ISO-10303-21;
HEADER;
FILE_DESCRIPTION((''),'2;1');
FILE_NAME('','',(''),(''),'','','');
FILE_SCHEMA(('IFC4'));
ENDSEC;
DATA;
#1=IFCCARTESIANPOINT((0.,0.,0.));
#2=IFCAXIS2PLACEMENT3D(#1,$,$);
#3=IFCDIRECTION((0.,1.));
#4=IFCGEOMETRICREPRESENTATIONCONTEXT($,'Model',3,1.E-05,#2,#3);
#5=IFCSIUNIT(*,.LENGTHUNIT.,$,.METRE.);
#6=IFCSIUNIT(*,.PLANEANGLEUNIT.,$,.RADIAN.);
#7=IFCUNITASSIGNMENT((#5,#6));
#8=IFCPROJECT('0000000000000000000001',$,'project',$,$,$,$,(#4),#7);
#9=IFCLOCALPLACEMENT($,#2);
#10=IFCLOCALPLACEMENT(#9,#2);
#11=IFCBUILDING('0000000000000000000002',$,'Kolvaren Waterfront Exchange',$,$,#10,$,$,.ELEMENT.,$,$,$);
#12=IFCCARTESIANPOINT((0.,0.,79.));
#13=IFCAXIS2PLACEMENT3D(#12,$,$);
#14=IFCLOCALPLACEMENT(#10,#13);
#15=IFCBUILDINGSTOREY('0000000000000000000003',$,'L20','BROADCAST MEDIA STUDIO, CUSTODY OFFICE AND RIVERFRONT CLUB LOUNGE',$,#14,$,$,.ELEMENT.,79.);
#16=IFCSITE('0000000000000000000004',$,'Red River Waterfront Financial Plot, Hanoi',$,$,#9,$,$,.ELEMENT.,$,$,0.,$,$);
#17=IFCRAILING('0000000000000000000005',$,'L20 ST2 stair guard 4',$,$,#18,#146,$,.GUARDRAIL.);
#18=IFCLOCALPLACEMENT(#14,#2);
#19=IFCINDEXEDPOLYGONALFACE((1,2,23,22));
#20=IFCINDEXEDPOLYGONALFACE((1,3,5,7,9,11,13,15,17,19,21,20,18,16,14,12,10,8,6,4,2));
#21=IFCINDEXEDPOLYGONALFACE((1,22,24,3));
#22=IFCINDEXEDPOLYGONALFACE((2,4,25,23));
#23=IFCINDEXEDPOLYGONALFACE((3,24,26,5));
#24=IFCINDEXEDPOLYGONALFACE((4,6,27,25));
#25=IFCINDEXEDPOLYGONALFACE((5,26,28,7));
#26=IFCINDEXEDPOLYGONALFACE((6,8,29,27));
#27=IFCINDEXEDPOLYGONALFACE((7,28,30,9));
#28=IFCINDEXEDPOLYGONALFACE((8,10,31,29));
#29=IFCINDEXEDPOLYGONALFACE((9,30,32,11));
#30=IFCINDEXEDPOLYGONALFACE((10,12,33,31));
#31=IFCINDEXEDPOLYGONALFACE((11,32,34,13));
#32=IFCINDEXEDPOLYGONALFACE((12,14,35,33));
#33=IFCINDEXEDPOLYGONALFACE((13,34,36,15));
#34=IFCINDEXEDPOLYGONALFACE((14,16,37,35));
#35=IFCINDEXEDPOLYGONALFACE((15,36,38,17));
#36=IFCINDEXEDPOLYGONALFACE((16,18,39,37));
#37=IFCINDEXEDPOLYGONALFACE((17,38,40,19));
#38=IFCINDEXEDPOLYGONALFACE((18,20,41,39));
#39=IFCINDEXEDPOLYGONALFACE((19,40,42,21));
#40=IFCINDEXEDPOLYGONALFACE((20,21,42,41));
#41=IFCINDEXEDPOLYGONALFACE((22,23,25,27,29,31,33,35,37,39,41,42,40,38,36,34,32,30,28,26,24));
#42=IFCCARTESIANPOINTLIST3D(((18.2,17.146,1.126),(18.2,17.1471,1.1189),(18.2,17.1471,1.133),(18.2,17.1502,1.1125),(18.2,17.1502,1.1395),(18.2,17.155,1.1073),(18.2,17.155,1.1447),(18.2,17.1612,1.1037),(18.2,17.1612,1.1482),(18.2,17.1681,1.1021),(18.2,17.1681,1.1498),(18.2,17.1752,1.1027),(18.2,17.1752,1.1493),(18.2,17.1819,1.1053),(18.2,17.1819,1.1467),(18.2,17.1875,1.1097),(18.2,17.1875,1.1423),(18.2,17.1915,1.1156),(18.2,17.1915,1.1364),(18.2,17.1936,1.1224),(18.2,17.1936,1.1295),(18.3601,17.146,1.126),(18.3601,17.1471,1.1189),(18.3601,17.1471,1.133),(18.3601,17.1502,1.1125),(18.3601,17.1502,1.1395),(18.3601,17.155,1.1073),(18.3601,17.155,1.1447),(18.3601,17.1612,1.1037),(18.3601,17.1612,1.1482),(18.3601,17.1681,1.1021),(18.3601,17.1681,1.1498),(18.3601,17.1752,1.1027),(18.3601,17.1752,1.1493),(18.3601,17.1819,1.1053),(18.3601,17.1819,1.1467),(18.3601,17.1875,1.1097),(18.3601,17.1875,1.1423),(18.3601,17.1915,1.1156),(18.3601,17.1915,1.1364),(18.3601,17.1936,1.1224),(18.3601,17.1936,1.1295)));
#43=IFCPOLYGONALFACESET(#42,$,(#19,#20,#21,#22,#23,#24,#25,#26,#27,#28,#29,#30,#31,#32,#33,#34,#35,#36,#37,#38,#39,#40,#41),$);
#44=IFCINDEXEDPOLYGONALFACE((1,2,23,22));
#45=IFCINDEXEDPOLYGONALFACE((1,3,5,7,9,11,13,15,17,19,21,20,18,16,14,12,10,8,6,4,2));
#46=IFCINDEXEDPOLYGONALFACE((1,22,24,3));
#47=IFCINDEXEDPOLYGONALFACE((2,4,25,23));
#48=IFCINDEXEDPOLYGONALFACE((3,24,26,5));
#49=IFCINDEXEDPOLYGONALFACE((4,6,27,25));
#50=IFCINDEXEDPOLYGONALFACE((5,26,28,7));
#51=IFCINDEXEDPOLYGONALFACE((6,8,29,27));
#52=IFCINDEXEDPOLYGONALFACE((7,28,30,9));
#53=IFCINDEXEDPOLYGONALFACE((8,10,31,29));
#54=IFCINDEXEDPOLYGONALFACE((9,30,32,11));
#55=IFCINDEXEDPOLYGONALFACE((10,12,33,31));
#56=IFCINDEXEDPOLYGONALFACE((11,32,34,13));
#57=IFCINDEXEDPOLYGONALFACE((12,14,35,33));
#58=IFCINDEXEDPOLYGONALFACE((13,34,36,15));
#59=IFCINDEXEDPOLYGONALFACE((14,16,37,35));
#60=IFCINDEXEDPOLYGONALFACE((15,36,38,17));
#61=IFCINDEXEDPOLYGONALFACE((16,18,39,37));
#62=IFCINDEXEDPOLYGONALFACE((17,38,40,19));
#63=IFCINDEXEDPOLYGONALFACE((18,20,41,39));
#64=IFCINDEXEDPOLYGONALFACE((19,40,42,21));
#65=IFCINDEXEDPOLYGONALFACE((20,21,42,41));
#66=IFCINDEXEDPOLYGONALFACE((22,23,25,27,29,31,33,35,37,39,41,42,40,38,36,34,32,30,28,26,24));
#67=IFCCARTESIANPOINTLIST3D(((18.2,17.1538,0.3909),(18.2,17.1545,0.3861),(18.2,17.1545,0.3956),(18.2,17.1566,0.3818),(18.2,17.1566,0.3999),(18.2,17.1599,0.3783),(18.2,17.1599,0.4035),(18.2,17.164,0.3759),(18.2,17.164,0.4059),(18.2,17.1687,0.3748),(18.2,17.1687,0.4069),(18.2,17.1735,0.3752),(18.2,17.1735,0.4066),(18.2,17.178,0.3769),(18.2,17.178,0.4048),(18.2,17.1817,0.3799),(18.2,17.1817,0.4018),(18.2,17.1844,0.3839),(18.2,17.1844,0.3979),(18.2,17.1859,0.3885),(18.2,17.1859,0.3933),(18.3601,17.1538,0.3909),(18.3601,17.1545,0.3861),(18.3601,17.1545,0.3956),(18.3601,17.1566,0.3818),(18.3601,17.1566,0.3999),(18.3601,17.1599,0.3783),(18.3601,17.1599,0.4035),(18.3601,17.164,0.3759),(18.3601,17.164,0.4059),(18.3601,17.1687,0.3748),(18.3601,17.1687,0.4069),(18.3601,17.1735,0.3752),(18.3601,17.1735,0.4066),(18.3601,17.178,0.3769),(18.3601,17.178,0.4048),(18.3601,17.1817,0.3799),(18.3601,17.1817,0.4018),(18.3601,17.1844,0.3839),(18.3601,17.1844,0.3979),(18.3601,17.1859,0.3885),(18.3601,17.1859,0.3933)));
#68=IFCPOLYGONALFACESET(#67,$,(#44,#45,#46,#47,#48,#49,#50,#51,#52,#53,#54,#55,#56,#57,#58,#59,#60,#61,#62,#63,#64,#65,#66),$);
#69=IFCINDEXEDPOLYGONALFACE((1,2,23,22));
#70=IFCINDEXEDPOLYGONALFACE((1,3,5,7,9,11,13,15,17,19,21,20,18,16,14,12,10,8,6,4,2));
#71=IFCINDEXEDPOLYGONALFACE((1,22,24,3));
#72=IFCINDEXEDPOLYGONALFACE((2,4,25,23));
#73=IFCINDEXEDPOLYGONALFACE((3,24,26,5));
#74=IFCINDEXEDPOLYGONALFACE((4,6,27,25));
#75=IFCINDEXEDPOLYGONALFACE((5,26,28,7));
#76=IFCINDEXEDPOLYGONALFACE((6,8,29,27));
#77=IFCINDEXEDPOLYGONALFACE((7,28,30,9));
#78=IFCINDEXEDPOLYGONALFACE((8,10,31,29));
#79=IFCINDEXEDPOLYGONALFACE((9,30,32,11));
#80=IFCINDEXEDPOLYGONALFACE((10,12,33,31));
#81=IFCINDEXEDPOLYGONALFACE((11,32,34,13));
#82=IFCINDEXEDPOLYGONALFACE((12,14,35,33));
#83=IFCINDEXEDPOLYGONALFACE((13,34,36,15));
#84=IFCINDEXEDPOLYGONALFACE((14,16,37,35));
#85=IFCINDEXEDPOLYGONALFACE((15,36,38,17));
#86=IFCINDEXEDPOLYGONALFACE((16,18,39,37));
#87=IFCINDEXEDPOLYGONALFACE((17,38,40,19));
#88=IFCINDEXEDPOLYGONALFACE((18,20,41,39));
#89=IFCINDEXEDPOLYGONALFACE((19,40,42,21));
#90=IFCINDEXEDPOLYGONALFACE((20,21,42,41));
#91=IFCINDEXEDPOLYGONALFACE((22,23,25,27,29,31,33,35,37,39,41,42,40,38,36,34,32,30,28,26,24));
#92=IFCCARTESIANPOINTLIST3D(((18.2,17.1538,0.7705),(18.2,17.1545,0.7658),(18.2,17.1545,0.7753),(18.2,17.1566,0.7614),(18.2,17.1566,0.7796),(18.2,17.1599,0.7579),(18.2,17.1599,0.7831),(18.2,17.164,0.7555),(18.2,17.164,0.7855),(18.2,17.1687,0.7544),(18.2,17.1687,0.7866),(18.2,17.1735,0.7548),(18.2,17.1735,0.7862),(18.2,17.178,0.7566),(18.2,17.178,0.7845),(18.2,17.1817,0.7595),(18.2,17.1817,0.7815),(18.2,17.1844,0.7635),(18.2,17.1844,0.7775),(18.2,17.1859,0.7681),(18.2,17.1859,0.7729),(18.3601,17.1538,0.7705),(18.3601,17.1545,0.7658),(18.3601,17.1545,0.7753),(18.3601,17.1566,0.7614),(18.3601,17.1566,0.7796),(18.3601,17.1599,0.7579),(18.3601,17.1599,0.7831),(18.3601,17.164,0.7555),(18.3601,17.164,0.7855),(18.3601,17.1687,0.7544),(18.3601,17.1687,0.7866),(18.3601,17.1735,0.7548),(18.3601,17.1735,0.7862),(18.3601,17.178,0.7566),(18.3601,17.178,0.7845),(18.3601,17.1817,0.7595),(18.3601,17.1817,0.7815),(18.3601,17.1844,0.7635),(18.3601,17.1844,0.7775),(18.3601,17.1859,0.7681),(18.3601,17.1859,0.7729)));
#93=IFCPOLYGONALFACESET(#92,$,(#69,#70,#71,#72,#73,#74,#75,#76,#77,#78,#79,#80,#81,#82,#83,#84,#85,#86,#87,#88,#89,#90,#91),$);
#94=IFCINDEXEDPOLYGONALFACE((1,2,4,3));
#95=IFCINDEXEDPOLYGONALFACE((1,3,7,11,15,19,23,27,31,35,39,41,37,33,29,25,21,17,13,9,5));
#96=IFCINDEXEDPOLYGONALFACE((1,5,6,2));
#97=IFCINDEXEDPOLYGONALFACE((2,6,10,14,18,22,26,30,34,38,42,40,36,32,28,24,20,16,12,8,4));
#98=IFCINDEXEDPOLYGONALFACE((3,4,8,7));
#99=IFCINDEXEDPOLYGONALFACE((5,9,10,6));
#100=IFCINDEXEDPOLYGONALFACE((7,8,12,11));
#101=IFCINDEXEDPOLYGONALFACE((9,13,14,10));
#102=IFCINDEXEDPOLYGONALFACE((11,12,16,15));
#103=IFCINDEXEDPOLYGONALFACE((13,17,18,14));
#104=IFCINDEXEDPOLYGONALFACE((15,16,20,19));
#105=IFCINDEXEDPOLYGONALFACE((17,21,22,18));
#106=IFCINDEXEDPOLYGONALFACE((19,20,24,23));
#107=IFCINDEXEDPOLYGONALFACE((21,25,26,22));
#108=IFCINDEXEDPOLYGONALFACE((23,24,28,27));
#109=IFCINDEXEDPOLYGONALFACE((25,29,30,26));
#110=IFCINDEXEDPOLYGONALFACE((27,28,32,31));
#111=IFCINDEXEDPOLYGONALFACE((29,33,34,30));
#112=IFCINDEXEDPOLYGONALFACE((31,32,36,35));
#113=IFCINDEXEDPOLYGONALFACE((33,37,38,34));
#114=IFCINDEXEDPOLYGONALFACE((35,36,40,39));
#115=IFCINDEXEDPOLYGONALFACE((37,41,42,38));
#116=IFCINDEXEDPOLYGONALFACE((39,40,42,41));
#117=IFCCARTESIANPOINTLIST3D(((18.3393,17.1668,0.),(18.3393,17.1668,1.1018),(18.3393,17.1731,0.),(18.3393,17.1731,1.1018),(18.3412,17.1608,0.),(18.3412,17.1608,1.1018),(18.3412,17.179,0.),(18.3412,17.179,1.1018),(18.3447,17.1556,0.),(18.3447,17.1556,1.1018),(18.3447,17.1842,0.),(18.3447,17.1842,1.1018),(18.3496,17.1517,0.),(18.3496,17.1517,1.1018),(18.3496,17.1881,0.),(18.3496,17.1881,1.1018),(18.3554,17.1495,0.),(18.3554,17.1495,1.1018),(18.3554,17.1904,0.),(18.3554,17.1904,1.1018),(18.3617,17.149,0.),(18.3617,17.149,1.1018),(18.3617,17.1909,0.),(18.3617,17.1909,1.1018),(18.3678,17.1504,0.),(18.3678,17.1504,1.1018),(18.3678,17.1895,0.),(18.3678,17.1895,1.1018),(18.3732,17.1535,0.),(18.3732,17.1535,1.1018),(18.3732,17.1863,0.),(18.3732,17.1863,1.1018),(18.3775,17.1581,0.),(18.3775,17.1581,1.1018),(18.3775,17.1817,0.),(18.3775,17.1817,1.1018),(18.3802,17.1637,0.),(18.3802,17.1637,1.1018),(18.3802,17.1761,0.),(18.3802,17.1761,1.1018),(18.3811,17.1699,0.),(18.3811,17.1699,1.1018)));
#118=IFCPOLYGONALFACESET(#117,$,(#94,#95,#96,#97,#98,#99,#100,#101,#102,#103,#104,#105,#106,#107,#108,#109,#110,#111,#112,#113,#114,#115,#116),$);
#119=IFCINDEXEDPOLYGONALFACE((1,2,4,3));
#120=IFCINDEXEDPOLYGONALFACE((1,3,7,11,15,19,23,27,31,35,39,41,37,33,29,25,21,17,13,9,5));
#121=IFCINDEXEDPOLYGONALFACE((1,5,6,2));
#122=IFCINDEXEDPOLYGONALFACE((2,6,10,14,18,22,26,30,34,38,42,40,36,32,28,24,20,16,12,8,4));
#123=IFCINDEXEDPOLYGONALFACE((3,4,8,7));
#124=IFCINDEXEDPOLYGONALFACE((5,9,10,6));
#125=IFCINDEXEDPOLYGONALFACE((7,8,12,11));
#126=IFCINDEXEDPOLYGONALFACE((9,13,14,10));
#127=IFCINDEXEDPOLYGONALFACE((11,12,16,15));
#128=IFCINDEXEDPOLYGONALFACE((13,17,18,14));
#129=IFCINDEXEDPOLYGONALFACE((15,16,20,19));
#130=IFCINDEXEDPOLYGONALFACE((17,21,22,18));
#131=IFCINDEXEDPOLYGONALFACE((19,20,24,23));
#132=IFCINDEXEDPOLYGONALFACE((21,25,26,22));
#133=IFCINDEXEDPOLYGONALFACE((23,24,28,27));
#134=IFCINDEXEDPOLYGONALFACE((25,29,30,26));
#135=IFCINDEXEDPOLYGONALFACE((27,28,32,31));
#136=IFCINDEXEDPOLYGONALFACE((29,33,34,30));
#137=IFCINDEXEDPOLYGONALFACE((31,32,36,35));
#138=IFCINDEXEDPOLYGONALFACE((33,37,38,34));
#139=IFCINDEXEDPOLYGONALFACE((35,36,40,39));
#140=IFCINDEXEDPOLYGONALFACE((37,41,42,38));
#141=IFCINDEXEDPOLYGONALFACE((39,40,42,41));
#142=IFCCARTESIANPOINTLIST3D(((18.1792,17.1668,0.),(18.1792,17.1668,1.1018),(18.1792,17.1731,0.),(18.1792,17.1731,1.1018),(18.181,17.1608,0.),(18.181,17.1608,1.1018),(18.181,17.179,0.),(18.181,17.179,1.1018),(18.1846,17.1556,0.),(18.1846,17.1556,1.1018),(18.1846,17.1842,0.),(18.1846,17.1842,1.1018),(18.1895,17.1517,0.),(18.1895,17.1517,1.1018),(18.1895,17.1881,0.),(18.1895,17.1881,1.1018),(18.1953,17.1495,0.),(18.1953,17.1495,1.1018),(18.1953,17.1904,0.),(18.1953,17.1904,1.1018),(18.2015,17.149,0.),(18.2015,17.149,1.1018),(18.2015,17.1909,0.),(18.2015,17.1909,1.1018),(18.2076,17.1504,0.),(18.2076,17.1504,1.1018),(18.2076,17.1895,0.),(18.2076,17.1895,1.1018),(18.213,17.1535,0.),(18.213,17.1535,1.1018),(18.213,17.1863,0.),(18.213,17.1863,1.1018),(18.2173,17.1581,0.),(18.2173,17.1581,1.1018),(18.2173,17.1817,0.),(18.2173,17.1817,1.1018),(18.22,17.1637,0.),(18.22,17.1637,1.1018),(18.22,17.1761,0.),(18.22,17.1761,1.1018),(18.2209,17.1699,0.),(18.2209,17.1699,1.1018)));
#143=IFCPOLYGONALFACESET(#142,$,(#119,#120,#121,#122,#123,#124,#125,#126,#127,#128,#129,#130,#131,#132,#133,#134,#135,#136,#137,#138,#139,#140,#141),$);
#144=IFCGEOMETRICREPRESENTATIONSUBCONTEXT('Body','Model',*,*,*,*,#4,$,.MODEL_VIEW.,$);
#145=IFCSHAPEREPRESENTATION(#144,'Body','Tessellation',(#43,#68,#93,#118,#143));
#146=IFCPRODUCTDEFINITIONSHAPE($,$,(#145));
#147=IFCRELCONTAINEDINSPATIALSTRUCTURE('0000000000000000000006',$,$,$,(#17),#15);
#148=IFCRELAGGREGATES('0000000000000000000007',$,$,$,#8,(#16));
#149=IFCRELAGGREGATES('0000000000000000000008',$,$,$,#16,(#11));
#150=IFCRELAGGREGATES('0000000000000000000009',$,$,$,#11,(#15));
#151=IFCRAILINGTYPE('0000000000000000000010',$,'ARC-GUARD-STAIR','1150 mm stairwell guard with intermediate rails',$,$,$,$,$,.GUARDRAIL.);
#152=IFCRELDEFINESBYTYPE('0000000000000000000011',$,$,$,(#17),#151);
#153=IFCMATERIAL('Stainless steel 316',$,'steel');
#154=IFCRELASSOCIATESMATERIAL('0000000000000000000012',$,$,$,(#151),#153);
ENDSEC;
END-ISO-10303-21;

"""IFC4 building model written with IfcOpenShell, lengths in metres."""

from ifc_helpers import new_model, si_unit, direction, frame, origin, origin_2d, place, context, subcontext, project, spatial, circle, extrude, material, type_object, element, save


model = new_model("IFC4")

# Units and contexts
model_context = context("Model", 3, precision=1e-05, world=origin(), true_north=direction((0.0, 1.0)))
body_context = subcontext(model_context, "Body", "Model", "MODEL_VIEW")
ifc_project = project(units=[si_unit("LENGTHUNIT", "METRE"), si_unit("PLANEANGLEUNIT", "RADIAN")], contexts=[model_context])

# Site, building, storey
site_placement = place(None, origin())
site = spatial("IfcSite", under=ifc_project, at=site_placement, Name="Red River Waterfront Financial Plot, Hanoi", CompositionType="ELEMENT", RefElevation=0.0)
building_placement = place(site_placement, origin())
building = spatial("IfcBuilding", under=site, at=building_placement, Name="Kolvaren Waterfront Exchange", CompositionType="ELEMENT")
storey_placement = place(building_placement, frame((0.0, 0.0, 79.0)))
storey = spatial("IfcBuildingStorey", under=building, at=storey_placement, Name="L20", Description="BROADCAST MEDIA STUDIO, CUSTODY OFFICE AND RIVERFRONT CLUB LOUNGE", CompositionType="ELEMENT", Elevation=79.0)

# Railing
ifc_material_1 = material(Name="Stainless steel 316", Category="steel")
railing_type_1 = type_object("IfcRailingType", Name="ARC-GUARD-STAIR", Description="1150 mm stairwell guard with intermediate rails", PredefinedType="GUARDRAIL", material=ifc_material_1)
railing_1_placement = place(storey_placement, frame((18.3601, 17.1699, 0.0)))
element("IfcRailing", 1, at=railing_1_placement, inside=storey, type_object=railing_type_1, Name="L20 ST2 stair guard 4", PredefinedType="GUARDRAIL", context=body_context, shape_type="SweptSolid", body=[
    extrude(circle(Radius=0.0239, at=origin_2d()), frame((0.0, 0.0, 1.126), z_axis=(-1.0, 0.0, 0.0), x_axis=(0.0, -1.0, 0.0)), (0.0, 0.0, 1.0), 0.1602),
    extrude(circle(Radius=0.0161, at=origin_2d()), frame((0.0, 0.0, 0.3909), z_axis=(-1.0, 0.0, 0.0), x_axis=(0.0, -1.0, 0.0)), (0.0, 0.0, 1.0), 0.1602),
    extrude(circle(Radius=0.0161, at=origin_2d()), frame((0.0, 0.0, 0.7705), z_axis=(-1.0, 0.0, 0.0), x_axis=(0.0, -1.0, 0.0)), (0.0, 0.0, 1.0), 0.1602),
    extrude(circle(Radius=0.021, at=origin_2d()), origin(), (0.0, 0.0, 1.0), 1.1018),
    extrude(circle(Radius=0.021, at=origin_2d()), frame((-0.1602, 0.0, 0.0)), (0.0, 0.0, 1.0), 1.1018),
])

save(model, "model.ifc")
